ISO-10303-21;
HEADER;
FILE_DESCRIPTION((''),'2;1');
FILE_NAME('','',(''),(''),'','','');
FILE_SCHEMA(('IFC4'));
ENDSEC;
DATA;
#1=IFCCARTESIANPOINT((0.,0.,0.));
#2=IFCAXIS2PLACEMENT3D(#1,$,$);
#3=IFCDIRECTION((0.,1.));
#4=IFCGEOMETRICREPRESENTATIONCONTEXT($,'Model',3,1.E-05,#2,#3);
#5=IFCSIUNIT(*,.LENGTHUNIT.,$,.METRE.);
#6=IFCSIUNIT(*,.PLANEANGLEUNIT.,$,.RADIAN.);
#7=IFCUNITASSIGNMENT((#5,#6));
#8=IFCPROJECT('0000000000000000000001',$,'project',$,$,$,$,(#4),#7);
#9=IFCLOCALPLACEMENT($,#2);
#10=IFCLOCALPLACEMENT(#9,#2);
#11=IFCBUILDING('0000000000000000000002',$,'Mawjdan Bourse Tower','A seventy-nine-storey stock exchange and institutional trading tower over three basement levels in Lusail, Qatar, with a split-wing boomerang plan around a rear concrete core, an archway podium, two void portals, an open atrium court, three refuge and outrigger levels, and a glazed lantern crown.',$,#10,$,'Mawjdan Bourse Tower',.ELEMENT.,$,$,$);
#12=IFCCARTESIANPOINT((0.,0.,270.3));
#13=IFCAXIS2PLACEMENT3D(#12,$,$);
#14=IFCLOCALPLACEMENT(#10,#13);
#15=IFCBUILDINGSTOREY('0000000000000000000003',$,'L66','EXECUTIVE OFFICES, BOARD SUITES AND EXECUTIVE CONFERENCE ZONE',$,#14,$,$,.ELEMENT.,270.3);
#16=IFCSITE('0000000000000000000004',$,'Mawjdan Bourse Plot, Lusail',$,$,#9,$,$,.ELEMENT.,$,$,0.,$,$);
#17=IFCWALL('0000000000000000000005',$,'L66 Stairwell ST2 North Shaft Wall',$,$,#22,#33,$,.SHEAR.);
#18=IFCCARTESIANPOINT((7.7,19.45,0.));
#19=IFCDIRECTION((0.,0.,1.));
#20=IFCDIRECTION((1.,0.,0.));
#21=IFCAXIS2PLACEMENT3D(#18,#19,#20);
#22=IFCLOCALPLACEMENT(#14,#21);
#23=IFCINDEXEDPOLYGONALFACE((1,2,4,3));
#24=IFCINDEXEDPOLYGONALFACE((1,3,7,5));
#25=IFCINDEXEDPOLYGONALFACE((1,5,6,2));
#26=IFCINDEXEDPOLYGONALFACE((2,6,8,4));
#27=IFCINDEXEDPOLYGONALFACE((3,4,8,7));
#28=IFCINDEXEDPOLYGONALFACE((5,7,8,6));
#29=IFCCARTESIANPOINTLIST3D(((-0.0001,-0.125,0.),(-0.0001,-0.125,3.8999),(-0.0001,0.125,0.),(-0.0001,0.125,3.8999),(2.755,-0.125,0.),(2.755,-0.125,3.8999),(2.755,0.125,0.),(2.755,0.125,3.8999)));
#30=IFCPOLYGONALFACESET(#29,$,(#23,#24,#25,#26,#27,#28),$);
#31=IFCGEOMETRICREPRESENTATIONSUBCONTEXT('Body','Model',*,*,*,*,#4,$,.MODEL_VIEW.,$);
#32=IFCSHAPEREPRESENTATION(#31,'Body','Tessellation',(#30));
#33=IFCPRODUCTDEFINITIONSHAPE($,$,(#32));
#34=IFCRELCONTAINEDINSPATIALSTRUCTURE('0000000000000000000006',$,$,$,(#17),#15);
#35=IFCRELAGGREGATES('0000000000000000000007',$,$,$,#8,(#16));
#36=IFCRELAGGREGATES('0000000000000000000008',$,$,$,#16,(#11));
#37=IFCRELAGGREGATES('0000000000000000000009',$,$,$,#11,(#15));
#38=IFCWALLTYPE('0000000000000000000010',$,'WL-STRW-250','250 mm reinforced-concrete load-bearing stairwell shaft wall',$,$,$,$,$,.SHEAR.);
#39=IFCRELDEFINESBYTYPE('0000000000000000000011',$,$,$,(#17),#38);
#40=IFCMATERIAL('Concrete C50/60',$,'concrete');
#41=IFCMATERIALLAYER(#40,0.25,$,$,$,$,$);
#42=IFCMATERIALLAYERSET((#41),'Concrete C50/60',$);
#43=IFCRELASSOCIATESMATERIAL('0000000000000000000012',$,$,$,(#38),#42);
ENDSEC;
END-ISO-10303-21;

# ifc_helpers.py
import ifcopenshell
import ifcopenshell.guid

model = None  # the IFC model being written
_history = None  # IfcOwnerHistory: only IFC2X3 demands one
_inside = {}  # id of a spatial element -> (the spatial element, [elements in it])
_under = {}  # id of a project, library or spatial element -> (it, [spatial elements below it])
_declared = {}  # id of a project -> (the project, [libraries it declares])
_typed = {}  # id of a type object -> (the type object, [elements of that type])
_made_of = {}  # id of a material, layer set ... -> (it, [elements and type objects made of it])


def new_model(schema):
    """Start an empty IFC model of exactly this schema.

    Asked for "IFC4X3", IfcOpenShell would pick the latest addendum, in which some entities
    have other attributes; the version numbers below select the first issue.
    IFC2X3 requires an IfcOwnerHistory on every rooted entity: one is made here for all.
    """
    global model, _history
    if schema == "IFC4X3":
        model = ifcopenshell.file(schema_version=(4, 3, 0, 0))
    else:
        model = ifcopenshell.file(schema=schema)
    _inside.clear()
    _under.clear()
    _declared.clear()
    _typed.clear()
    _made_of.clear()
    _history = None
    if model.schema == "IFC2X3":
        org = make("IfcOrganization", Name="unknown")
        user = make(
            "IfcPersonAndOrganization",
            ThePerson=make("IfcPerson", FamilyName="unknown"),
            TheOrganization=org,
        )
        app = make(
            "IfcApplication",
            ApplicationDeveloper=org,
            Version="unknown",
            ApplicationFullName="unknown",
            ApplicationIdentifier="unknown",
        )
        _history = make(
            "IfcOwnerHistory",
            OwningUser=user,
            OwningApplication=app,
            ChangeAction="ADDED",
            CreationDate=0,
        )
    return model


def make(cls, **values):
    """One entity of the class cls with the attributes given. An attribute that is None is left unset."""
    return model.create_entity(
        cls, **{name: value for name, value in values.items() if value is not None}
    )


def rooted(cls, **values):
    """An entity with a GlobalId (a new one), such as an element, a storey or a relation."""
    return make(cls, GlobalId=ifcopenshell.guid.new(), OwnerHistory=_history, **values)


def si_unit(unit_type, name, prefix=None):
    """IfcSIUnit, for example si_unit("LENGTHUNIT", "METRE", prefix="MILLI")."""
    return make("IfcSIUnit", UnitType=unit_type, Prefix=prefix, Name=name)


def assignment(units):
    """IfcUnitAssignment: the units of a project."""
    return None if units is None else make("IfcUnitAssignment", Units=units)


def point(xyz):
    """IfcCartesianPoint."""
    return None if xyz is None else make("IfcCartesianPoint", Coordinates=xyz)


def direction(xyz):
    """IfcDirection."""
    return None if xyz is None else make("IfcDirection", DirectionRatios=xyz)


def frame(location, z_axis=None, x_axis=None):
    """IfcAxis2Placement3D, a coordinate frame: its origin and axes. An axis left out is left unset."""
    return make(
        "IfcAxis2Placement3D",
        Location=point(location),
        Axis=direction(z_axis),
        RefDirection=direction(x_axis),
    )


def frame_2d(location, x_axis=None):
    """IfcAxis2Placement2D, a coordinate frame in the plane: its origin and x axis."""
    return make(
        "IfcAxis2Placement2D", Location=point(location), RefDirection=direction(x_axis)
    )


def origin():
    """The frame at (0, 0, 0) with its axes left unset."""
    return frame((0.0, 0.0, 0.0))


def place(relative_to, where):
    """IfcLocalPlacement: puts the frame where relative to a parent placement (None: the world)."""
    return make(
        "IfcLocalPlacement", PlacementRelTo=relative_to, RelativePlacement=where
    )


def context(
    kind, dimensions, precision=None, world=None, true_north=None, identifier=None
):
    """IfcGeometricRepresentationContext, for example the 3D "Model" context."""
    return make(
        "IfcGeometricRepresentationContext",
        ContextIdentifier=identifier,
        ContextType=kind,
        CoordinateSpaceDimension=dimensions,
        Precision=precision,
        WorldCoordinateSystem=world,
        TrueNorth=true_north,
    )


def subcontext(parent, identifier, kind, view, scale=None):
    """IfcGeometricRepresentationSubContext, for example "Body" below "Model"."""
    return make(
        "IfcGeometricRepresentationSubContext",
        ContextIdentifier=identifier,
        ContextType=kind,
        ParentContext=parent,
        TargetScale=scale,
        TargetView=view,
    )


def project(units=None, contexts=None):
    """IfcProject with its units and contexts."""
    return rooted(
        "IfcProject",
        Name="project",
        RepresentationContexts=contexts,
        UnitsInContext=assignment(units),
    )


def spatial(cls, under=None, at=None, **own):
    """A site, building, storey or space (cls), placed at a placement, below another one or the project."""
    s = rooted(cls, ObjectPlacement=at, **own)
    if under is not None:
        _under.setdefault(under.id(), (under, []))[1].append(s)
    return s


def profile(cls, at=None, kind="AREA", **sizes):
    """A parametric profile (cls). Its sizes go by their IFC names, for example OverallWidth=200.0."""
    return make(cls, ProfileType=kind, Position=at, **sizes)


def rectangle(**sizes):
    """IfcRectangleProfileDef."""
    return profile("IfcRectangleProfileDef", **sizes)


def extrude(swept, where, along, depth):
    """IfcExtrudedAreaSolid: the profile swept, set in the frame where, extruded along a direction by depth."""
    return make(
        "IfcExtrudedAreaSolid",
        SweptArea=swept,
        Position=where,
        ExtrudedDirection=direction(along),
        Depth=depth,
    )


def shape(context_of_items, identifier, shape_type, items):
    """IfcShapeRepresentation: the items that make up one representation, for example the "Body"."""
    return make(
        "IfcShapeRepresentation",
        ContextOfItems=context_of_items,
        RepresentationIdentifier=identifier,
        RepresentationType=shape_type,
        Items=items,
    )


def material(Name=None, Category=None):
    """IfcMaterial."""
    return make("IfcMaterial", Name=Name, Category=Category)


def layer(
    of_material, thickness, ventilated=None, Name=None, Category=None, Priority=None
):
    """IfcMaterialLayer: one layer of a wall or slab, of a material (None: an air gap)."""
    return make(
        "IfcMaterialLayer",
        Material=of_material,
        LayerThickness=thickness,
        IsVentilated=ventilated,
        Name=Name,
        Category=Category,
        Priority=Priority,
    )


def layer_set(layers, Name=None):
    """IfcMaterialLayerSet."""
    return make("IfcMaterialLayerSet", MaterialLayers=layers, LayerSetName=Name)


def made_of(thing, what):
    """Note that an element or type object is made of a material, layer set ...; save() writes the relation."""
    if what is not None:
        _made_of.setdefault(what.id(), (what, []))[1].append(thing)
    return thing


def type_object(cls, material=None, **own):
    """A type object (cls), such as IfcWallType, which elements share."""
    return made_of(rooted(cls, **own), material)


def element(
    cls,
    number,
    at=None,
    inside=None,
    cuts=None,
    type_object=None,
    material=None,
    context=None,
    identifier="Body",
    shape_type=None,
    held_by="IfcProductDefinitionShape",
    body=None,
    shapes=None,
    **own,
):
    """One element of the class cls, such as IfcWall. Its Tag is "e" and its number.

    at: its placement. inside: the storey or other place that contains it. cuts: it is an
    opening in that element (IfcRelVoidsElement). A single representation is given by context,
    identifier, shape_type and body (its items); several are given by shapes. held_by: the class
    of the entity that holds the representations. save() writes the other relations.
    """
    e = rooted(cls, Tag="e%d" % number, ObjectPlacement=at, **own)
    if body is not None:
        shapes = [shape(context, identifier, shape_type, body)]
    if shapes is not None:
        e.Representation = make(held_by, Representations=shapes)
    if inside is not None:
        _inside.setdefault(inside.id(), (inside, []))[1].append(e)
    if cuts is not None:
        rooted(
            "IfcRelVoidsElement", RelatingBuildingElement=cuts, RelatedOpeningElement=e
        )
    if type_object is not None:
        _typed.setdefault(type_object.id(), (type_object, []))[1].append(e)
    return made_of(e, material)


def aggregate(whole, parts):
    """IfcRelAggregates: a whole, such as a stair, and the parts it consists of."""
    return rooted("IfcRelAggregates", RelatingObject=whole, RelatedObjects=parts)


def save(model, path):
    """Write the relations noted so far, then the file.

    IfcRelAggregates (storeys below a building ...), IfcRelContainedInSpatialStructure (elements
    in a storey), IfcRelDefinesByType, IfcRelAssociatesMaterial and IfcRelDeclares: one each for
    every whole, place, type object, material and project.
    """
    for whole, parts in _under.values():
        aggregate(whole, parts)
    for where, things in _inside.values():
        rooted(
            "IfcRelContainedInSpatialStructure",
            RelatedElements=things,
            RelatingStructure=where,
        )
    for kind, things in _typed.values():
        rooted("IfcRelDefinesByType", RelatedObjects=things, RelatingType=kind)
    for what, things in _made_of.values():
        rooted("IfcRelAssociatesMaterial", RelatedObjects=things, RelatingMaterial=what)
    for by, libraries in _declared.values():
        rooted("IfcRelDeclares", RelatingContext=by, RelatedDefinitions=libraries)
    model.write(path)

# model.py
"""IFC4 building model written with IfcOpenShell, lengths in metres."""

from ifc_helpers import new_model, si_unit, direction, frame, frame_2d, origin, place, context, subcontext, project, spatial, rectangle, extrude, material, layer, layer_set, type_object, element, save


model = new_model("IFC4")

# Units and contexts
model_context = context("Model", 3, precision=1e-05, world=origin(), true_north=direction((0.0, 1.0)))
body_context = subcontext(model_context, "Body", "Model", "MODEL_VIEW")
ifc_project = project(units=[si_unit("LENGTHUNIT", "METRE"), si_unit("PLANEANGLEUNIT", "RADIAN")], contexts=[model_context])

# Site, building, storey
site_placement = place(None, origin())
site = spatial("IfcSite", under=ifc_project, at=site_placement, Name="Mawjdan Bourse Plot, Lusail", CompositionType="ELEMENT", RefElevation=0.0)
building_placement = place(site_placement, origin())
building = spatial("IfcBuilding", under=site, at=building_placement, Name="Mawjdan Bourse Tower", Description="A seventy-nine-storey stock exchange and institutional trading tower over three basement levels in Lusail, Qatar, with a split-wing boomerang plan around a rear concrete core, an archway podium, two void portals, an open atrium court, three refuge and outrigger levels, and a glazed lantern crown.", LongName="Mawjdan Bourse Tower", CompositionType="ELEMENT")
storey_placement = place(building_placement, frame((0.0, 0.0, 270.3)))
storey = spatial("IfcBuildingStorey", under=building, at=storey_placement, Name="L66", Description="EXECUTIVE OFFICES, BOARD SUITES AND EXECUTIVE CONFERENCE ZONE", CompositionType="ELEMENT", Elevation=270.3)

# Wall
ifc_material_1 = material(Name="Concrete C50/60", Category="concrete")
ifc_layer_1 = layer(ifc_material_1, 0.25)
ifc_layer_set_1 = layer_set([ifc_layer_1], Name="Concrete C50/60")
wall_type_1 = type_object("IfcWallType", Name="WL-STRW-250", Description="250 mm reinforced-concrete load-bearing stairwell shaft wall", PredefinedType="SHEAR", material=ifc_layer_set_1)
wall_1_placement = place(storey_placement, frame((7.7, 19.45, 0.0), z_axis=(0.0, 0.0, 1.0), x_axis=(1.0, 0.0, 0.0)))
element("IfcWall", 1, at=wall_1_placement, inside=storey, type_object=wall_type_1, Name="L66 Stairwell ST2 North Shaft Wall", PredefinedType="SHEAR", context=body_context, shape_type="SweptSolid", body=[
    extrude(rectangle(XDim=2.7551, YDim=0.25, at=frame_2d((1.3774, 0.0))), origin(), (0.0, 0.0, 1.0), 3.8999),
])

save(model, "model.ifc")
